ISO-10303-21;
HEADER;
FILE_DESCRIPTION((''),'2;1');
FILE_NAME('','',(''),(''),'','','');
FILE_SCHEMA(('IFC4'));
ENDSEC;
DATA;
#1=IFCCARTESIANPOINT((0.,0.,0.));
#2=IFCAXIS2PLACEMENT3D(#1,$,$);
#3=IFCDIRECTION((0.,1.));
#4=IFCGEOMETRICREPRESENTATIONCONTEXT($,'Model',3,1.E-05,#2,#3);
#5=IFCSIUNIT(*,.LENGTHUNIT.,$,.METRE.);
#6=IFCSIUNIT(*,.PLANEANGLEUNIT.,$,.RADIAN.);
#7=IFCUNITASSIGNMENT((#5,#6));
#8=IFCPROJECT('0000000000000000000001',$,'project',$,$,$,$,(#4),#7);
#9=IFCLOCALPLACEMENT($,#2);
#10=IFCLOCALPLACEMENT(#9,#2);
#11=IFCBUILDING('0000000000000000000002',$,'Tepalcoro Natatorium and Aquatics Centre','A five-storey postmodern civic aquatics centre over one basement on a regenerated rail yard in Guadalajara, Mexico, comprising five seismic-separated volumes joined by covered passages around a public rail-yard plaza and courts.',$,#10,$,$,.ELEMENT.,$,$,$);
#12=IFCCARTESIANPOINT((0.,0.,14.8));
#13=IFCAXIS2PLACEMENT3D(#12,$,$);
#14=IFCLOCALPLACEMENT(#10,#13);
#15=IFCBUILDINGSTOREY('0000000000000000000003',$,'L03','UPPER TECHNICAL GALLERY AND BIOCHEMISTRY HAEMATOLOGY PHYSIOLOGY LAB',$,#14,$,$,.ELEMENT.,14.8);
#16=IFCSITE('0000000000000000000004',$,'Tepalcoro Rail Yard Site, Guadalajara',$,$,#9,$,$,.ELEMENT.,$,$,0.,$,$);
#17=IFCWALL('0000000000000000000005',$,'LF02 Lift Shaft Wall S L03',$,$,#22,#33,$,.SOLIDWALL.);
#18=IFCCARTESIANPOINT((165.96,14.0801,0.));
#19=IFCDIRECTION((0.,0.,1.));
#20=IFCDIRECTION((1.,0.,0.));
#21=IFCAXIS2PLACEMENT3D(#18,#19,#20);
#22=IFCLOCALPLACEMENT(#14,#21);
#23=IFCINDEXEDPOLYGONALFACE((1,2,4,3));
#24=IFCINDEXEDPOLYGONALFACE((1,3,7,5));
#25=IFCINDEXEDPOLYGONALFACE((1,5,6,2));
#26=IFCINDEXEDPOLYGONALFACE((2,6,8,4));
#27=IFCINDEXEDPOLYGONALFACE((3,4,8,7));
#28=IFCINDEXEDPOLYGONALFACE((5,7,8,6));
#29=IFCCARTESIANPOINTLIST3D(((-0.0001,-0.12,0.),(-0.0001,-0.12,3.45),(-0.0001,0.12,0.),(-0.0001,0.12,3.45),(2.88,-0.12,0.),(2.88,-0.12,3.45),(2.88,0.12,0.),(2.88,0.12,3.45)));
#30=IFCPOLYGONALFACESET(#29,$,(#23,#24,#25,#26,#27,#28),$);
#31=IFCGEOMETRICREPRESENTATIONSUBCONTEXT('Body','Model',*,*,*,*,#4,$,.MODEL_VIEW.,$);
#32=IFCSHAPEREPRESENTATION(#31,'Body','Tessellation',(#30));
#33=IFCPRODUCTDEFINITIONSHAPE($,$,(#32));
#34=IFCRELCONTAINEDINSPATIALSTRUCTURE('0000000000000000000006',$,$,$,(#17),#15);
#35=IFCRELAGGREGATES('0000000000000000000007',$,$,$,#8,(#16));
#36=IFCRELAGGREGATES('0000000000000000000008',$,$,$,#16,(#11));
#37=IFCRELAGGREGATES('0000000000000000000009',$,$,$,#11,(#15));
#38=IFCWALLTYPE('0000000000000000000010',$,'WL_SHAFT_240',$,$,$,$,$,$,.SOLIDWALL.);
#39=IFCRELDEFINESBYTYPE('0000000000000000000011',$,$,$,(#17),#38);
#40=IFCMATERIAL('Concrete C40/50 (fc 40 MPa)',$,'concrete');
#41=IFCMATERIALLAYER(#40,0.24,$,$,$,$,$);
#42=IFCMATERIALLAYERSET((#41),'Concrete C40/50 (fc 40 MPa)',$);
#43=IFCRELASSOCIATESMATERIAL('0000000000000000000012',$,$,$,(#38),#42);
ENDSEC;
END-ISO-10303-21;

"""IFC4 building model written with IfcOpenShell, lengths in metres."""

from ifc_helpers import new_model, si_unit, direction, frame, frame_2d, origin, place, context, subcontext, project, spatial, rectangle, extrude, material, layer, layer_set, type_object, element, save


model = new_model("IFC4")

# Units and contexts
model_context = context("Model", 3, precision=1e-05, world=origin(), true_north=direction((0.0, 1.0)))
body_context = subcontext(model_context, "Body", "Model", "MODEL_VIEW")
ifc_project = project(units=[si_unit("LENGTHUNIT", "METRE"), si_unit("PLANEANGLEUNIT", "RADIAN")], contexts=[model_context])

# Site, building, storey
site_placement = place(None, origin())
site = spatial("IfcSite", under=ifc_project, at=site_placement, Name="Tepalcoro Rail Yard Site, Guadalajara", CompositionType="ELEMENT", RefElevation=0.0)
building_placement = place(site_placement, origin())
building = spatial("IfcBuilding", under=site, at=building_placement, Name="Tepalcoro Natatorium and Aquatics Centre", Description="A five-storey postmodern civic aquatics centre over one basement on a regenerated rail yard in Guadalajara, Mexico, comprising five seismic-separated volumes joined by covered passages around a public rail-yard plaza and courts.", CompositionType="ELEMENT")
storey_placement = place(building_placement, frame((0.0, 0.0, 14.8)))
storey = spatial("IfcBuildingStorey", under=building, at=storey_placement, Name="L03", Description="UPPER TECHNICAL GALLERY AND BIOCHEMISTRY HAEMATOLOGY PHYSIOLOGY LAB", CompositionType="ELEMENT", Elevation=14.8)

# Wall
ifc_material_1 = material(Name="Concrete C40/50 (fc 40 MPa)", Category="concrete")
ifc_layer_1 = layer(ifc_material_1, 0.24)
ifc_layer_set_1 = layer_set([ifc_layer_1], Name="Concrete C40/50 (fc 40 MPa)")
wall_type_1 = type_object("IfcWallType", Name="WL_SHAFT_240", PredefinedType="SOLIDWALL", material=ifc_layer_set_1)
wall_1_placement = place(storey_placement, frame((165.96, 14.0801, 0.0), z_axis=(0.0, 0.0, 1.0), x_axis=(1.0, 0.0, 0.0)))
element("IfcWall", 1, at=wall_1_placement, inside=storey, type_object=wall_type_1, Name="LF02 Lift Shaft Wall S L03", PredefinedType="SOLIDWALL", context=body_context, shape_type="SweptSolid", body=[
    extrude(rectangle(XDim=2.8801, YDim=0.24, at=frame_2d((1.4399, 0.0))), origin(), (0.0, 0.0, 1.0), 3.45),
])

save(model, "model.ifc")
